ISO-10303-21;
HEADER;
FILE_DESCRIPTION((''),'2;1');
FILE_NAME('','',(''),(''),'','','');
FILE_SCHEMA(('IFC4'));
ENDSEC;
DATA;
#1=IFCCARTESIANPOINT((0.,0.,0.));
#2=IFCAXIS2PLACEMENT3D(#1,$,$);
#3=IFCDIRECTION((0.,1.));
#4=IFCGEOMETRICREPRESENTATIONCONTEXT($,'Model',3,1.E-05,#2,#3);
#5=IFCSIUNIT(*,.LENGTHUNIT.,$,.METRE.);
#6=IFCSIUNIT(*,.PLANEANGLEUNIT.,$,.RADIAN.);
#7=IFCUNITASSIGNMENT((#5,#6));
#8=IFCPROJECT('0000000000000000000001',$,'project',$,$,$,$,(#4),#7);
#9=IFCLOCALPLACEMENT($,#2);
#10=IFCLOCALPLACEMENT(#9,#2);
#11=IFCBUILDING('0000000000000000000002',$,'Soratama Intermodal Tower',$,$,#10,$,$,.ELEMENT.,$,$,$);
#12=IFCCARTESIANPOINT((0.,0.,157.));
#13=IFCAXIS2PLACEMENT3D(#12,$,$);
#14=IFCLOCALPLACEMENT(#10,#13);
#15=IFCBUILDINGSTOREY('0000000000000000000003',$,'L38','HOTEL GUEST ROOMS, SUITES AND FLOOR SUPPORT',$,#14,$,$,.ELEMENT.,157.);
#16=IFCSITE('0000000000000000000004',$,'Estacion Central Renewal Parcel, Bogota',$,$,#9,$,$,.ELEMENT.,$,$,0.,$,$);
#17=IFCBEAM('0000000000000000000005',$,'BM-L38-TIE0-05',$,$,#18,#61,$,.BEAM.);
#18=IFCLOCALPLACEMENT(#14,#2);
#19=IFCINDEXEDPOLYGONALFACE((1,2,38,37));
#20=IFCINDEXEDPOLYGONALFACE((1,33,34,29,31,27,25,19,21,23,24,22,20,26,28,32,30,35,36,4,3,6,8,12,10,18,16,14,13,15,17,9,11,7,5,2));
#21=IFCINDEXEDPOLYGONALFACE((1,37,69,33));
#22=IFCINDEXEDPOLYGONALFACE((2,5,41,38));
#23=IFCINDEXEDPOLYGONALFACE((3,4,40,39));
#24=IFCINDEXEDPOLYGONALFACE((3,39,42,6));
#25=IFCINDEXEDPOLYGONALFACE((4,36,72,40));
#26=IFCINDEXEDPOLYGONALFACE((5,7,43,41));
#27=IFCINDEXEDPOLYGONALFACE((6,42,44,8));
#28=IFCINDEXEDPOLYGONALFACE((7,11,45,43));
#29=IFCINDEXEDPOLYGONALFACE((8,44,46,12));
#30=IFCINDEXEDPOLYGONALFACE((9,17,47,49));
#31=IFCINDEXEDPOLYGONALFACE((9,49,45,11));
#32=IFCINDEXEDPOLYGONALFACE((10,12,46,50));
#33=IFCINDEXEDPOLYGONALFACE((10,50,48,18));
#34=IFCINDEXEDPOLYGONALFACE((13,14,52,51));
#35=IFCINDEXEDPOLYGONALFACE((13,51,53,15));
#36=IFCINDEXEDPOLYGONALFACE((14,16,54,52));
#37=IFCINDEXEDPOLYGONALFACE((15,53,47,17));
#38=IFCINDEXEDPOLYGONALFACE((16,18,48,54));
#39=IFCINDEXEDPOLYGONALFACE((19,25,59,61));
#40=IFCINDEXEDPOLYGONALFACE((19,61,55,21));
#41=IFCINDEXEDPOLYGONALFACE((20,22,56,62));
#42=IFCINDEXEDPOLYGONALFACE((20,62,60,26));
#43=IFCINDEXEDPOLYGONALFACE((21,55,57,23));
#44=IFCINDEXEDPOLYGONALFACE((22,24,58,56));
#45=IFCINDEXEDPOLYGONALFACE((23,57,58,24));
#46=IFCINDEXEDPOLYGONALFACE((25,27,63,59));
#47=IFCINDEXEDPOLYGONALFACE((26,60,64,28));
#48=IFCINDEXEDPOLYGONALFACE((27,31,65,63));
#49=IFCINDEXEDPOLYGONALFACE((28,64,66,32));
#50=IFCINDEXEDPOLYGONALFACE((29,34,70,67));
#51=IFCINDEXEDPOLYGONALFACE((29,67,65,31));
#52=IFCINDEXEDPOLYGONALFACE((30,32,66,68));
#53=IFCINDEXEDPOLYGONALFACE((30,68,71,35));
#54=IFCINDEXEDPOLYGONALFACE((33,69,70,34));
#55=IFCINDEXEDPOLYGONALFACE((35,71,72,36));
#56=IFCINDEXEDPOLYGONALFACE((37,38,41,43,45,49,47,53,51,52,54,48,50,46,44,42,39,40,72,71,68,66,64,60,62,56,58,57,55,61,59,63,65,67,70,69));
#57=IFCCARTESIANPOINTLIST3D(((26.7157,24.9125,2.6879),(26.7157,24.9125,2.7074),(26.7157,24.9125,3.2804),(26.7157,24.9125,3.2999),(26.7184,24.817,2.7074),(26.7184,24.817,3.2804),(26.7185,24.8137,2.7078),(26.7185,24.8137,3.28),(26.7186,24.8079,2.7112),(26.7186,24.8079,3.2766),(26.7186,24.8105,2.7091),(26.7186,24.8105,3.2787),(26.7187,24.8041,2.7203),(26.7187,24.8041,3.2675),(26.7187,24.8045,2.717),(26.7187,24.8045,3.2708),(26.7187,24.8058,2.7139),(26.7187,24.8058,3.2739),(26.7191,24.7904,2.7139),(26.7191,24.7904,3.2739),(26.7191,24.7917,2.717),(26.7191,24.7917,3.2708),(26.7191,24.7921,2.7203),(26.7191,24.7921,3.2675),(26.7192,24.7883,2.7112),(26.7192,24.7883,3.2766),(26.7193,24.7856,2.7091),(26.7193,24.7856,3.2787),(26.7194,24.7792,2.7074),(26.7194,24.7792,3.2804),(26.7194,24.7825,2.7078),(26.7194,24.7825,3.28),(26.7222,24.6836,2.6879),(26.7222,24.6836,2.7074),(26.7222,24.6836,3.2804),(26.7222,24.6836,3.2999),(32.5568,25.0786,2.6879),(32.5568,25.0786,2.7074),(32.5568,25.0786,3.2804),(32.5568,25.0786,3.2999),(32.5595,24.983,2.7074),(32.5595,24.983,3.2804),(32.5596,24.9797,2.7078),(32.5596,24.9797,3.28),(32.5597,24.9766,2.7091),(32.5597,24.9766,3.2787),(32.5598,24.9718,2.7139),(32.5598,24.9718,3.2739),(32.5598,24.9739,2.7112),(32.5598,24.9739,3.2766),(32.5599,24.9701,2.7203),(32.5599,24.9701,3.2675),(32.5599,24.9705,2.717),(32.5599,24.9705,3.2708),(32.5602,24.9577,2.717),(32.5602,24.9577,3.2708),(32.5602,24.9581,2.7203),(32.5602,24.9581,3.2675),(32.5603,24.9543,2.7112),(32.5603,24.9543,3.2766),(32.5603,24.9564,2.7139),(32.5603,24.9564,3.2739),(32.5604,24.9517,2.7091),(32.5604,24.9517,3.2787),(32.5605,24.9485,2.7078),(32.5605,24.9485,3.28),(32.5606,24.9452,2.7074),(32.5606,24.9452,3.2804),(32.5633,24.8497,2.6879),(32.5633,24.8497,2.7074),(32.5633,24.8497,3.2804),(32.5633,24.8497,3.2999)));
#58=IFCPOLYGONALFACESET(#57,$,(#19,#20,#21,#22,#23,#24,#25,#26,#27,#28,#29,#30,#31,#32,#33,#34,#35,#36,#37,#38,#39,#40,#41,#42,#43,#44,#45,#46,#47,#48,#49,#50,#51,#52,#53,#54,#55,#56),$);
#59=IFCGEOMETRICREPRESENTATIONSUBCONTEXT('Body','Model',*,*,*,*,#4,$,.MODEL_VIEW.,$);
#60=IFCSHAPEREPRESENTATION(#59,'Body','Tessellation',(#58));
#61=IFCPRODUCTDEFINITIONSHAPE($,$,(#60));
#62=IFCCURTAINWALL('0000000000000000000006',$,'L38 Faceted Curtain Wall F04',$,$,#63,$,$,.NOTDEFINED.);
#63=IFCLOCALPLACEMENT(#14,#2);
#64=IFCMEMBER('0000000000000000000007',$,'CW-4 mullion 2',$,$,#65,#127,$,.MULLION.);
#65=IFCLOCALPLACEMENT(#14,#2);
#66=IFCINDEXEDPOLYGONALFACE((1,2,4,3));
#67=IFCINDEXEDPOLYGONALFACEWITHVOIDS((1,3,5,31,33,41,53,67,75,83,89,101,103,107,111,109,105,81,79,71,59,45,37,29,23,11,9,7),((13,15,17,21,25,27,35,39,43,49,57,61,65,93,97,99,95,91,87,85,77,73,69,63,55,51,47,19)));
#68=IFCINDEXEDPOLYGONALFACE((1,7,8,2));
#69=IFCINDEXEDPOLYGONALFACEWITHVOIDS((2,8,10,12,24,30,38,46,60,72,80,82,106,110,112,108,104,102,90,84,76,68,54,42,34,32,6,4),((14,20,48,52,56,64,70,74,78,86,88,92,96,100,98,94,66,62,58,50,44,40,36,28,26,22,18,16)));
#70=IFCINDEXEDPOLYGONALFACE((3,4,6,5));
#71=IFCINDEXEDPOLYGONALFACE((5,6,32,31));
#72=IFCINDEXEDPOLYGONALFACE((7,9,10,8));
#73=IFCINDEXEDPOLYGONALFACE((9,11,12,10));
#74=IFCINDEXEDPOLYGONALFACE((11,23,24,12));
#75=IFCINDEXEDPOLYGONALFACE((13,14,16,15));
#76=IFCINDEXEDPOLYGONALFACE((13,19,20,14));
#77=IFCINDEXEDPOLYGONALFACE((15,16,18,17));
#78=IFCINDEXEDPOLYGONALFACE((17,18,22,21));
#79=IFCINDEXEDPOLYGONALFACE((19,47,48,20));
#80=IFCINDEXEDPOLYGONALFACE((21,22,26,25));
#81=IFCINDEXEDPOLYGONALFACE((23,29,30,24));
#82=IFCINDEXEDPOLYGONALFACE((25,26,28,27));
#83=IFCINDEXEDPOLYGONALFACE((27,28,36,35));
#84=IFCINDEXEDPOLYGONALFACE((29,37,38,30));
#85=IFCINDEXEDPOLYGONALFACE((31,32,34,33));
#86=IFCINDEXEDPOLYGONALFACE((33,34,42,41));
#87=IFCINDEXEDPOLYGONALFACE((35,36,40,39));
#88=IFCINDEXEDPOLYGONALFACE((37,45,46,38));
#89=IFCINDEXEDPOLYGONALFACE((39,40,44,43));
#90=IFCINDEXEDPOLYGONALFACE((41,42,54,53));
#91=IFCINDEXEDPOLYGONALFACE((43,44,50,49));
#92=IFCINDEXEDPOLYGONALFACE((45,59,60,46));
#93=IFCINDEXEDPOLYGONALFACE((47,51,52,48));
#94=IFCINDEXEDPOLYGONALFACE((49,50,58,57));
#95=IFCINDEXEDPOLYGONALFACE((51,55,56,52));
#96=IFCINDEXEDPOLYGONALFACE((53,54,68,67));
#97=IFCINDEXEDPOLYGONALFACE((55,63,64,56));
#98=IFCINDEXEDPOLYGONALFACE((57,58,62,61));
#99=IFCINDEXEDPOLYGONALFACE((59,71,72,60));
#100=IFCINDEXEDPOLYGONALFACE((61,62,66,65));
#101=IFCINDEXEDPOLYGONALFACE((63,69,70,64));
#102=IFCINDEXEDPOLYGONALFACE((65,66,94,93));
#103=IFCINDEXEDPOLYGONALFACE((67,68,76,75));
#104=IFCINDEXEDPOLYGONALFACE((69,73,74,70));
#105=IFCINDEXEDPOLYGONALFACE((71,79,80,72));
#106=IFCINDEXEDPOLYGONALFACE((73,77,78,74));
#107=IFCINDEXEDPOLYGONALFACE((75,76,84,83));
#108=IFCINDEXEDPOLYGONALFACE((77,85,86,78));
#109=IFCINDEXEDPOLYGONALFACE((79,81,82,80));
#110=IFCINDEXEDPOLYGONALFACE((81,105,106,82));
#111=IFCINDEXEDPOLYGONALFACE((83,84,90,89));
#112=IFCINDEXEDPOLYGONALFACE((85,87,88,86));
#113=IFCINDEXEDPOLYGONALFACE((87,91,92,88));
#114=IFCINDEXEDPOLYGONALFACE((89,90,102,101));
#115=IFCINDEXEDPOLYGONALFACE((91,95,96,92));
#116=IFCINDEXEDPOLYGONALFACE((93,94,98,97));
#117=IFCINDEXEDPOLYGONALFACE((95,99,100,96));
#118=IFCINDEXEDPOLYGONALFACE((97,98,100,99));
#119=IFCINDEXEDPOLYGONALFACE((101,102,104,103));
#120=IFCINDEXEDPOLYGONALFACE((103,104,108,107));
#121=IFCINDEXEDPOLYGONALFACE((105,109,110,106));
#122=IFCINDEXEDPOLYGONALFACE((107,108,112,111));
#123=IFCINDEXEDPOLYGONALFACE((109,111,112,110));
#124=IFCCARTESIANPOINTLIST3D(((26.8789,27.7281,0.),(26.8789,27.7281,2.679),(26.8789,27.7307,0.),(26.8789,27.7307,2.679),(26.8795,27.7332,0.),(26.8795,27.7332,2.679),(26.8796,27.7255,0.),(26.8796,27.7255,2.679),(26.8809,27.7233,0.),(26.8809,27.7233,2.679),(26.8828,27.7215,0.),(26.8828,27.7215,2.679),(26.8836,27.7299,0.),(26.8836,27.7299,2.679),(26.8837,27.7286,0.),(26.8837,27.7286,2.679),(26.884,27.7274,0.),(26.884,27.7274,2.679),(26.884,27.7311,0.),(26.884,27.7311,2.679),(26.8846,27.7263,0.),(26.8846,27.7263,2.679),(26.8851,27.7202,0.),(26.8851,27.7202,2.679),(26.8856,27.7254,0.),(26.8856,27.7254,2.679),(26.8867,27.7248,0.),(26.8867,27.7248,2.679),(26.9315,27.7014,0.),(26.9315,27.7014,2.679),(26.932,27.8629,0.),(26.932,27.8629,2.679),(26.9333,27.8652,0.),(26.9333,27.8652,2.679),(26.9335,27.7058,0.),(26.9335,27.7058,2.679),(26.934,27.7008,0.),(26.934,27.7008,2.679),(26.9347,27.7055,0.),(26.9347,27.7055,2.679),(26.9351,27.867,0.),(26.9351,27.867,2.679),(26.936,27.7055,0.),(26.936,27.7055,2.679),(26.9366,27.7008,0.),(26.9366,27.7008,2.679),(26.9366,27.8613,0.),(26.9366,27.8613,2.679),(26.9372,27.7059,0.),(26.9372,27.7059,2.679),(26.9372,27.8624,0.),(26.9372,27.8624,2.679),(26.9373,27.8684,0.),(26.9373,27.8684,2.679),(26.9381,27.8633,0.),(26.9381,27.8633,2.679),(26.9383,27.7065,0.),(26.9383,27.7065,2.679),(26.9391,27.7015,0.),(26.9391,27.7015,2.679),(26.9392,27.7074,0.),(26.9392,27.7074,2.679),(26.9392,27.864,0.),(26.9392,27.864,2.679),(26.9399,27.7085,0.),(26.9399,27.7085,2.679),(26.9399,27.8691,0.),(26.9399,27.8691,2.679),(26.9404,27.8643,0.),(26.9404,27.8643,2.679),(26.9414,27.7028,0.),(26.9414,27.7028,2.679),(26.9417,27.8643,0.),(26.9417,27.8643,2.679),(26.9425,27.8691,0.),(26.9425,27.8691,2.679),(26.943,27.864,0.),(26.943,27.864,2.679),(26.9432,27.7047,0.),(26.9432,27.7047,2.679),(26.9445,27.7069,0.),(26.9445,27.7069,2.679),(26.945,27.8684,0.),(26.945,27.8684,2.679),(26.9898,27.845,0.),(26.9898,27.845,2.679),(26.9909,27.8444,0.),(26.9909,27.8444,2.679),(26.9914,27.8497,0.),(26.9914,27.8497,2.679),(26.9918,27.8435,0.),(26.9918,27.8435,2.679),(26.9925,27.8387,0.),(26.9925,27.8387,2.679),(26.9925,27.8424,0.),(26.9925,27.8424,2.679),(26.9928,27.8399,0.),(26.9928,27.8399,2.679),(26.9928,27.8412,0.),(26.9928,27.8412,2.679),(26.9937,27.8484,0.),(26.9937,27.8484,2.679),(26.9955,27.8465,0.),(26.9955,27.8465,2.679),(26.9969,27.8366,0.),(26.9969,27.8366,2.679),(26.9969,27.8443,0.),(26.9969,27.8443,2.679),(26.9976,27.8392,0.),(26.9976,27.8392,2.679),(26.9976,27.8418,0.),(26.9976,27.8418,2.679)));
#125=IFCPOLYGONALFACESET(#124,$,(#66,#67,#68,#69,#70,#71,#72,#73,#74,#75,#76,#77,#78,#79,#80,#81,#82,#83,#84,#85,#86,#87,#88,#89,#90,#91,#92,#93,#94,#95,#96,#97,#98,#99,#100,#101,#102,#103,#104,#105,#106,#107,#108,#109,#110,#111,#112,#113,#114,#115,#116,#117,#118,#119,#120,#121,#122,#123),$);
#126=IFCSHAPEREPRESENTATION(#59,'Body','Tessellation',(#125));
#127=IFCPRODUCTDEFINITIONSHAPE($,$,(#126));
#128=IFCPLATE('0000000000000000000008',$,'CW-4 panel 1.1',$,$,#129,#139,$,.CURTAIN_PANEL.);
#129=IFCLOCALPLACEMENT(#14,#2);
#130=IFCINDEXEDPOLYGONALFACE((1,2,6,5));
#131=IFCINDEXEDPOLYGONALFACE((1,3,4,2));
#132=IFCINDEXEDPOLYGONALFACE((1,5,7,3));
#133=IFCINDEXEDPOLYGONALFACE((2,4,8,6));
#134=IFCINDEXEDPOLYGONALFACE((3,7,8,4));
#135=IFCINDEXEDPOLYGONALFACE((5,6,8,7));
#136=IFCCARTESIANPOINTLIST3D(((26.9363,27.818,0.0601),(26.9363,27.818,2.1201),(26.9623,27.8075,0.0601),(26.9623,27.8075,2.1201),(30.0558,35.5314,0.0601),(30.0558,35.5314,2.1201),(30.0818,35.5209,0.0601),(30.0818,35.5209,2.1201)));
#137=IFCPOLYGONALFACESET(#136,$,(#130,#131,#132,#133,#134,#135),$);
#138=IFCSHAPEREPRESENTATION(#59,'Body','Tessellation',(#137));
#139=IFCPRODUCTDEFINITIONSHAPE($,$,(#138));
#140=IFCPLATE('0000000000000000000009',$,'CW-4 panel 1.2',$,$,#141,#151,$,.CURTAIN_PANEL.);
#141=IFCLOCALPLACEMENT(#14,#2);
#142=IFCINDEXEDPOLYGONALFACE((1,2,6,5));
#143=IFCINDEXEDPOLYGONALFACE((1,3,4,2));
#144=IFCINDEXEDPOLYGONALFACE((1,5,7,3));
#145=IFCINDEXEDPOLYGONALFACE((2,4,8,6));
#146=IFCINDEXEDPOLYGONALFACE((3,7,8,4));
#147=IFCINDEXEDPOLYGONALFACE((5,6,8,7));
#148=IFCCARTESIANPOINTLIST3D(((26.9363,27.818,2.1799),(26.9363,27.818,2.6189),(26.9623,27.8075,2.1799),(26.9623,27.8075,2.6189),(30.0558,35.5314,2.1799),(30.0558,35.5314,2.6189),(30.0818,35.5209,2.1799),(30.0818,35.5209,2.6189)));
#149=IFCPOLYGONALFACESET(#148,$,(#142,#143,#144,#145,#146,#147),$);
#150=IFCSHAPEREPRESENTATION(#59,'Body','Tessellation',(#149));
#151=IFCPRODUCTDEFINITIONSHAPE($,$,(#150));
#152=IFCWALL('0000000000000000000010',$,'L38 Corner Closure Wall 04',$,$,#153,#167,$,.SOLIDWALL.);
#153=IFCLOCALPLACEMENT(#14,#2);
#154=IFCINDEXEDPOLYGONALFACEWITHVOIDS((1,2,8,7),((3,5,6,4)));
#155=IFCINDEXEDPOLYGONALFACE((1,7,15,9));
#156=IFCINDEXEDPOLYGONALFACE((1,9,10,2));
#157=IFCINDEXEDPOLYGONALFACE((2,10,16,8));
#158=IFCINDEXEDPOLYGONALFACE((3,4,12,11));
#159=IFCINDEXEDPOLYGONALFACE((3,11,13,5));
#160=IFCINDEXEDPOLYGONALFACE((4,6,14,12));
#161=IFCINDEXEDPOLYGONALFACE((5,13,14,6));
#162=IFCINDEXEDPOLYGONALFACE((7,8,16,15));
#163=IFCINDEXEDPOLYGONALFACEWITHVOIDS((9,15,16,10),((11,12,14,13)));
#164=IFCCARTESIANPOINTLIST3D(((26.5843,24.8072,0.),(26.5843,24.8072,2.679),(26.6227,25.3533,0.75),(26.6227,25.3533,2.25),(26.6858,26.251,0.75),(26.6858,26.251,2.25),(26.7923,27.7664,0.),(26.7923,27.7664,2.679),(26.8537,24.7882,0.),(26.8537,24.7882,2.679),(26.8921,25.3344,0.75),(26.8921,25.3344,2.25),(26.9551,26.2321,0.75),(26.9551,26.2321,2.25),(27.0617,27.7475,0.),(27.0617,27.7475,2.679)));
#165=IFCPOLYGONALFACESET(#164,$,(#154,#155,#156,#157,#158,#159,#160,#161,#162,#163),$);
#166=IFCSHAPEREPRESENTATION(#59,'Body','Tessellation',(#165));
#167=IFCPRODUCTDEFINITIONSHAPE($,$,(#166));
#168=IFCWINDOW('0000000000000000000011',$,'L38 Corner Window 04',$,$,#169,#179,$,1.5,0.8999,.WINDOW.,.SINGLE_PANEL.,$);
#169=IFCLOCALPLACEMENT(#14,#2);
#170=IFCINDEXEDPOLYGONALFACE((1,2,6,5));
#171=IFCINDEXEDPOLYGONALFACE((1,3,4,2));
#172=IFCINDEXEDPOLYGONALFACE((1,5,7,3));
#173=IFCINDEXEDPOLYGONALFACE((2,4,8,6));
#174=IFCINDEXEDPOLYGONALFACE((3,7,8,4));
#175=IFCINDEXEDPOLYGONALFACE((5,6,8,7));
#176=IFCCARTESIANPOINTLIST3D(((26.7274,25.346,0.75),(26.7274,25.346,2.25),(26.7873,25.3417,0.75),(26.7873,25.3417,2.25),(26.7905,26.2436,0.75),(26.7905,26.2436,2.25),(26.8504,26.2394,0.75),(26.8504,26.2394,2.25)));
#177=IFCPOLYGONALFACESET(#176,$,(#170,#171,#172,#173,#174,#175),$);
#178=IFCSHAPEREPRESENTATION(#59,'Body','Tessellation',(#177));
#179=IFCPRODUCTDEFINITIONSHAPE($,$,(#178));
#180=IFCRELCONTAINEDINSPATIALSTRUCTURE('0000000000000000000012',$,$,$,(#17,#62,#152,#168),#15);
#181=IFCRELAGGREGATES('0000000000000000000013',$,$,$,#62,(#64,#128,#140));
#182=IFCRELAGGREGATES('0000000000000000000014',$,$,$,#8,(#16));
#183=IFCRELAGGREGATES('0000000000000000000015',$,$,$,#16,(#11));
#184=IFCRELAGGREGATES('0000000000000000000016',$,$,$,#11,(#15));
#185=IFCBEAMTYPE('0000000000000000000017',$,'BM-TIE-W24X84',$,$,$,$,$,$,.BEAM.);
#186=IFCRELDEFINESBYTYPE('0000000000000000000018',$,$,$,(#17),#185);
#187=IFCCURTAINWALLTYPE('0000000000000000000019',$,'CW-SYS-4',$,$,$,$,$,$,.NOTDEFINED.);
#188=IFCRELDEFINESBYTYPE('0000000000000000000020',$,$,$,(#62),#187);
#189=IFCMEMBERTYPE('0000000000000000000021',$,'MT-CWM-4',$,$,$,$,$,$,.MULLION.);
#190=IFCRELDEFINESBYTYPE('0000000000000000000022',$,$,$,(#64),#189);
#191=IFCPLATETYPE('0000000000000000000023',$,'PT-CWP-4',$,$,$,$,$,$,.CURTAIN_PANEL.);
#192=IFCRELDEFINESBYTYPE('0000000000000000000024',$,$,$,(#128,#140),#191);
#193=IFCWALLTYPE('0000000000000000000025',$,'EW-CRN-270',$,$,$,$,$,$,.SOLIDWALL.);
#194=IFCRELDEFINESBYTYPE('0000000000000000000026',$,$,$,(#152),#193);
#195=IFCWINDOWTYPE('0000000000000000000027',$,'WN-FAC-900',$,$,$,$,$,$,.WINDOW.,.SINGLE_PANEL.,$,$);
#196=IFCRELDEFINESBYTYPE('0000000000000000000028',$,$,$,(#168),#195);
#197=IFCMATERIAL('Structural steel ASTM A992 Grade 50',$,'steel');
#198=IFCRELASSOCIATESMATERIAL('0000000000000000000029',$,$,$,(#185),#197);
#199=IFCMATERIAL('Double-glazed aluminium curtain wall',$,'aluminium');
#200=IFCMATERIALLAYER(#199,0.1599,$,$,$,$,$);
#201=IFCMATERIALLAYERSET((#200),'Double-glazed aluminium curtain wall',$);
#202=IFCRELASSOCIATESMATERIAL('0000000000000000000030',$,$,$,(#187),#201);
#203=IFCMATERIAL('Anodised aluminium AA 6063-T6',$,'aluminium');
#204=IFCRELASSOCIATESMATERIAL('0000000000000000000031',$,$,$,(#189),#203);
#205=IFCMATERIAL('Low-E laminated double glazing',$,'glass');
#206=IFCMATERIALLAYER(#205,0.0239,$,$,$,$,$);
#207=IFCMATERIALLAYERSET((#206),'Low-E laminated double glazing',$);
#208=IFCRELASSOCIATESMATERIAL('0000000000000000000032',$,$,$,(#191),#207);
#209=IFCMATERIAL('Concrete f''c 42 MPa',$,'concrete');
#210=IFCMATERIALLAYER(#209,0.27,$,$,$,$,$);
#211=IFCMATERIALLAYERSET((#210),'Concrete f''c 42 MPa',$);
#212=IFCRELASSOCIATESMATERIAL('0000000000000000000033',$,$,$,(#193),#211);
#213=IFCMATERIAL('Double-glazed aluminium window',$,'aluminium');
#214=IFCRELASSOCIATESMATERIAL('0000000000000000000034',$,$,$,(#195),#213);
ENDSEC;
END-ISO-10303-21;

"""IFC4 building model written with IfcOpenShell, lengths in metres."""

from ifc_helpers import new_model, si_unit, direction, frame, frame_2d, origin, origin_2d, place, context, subcontext, project, spatial, rectangle, hollow_rectangle, i_section, extrude, material, layer, layer_set, material_profile, profile_set, type_object, element, fill, aggregate, save


model = new_model("IFC4")

# Units and contexts
model_context = context("Model", 3, precision=1e-05, world=origin(), true_north=direction((0.0, 1.0)))
body_context = subcontext(model_context, "Body", "Model", "MODEL_VIEW")
ifc_project = project(units=[si_unit("LENGTHUNIT", "METRE"), si_unit("PLANEANGLEUNIT", "RADIAN")], contexts=[model_context])

# Site, building, storey
site_placement = place(None, origin())
site = spatial("IfcSite", under=ifc_project, at=site_placement, Name="Estacion Central Renewal Parcel, Bogota", CompositionType="ELEMENT", RefElevation=0.0)
building_placement = place(site_placement, origin())
building = spatial("IfcBuilding", under=site, at=building_placement, Name="Soratama Intermodal Tower", CompositionType="ELEMENT")
storey_placement = place(building_placement, frame((0.0, 0.0, 157.0)))
storey = spatial("IfcBuildingStorey", under=building, at=storey_placement, Name="L38", Description="HOTEL GUEST ROOMS, SUITES AND FLOOR SUPPORT", CompositionType="ELEMENT", Elevation=157.0)

# Beam
ifc_material_1 = material(Name="Structural steel ASTM A992 Grade 50", Category="steel")
ifc_material_profile_1 = material_profile(ifc_material_1, i_section(OverallWidth=0.229, OverallDepth=0.6121, WebThickness=0.012, FlangeThickness=0.0195, FilletRadius=0.0129, at=origin_2d()), Name="W24X84")
ifc_profile_set_1 = profile_set([ifc_material_profile_1], Name="Structural steel ASTM A992 Grade 50")
beam_type_1 = type_object("IfcBeamType", Name="BM-TIE-W24X84", PredefinedType="BEAM", material=ifc_profile_set_1)
beam_1_placement = place(storey_placement, frame((32.5601, 24.9641, 2.9939), z_axis=(-0.999596, -0.028411, 0.0), x_axis=(0.028411, -0.999596, 0.0)))
element("IfcBeam", 1, at=beam_1_placement, inside=storey, type_object=beam_type_1, Name="BM-L38-TIE0-05", PredefinedType="BEAM", context=body_context, shape_type="SweptSolid", body=[
    extrude(i_section(OverallWidth=0.229, OverallDepth=0.6121, WebThickness=0.012, FlangeThickness=0.0195, FilletRadius=0.0129, at=origin_2d()), origin(), (0.0, 0.0, 1.0), 5.8435),
])

# Curtain wall, member, plates
ifc_material_2 = material(Name="Double-glazed aluminium curtain wall", Category="aluminium")
ifc_layer_1 = layer(ifc_material_2, 0.1599)
ifc_layer_set_1 = layer_set([ifc_layer_1], Name="Double-glazed aluminium curtain wall")
curtain_wall_type = type_object("IfcCurtainWallType", Name="CW-SYS-4", PredefinedType="NOTDEFINED", material=ifc_layer_set_1)
curtain_wall_placement = place(storey_placement, origin())
curtain_wall = element("IfcCurtainWall", 2, at=curtain_wall_placement, inside=storey, type_object=curtain_wall_type, Name="L38 Faceted Curtain Wall F04", PredefinedType="NOTDEFINED")
ifc_material_3 = material(Name="Anodised aluminium AA 6063-T6", Category="aluminium")
ifc_material_profile_2 = material_profile(ifc_material_3, hollow_rectangle(XDim=0.0701, YDim=0.1599, WallThickness=0.0049, InnerFilletRadius=0.0049, OuterFilletRadius=0.01, at=origin_2d()), Name="CWM160X70X5")
ifc_profile_set_2 = profile_set([ifc_material_profile_2], Name="Anodised aluminium AA 6063-T6")
member_type = type_object("IfcMemberType", Name="MT-CWM-4", PredefinedType="MULLION", material=ifc_profile_set_2)
member_placement = place(storey_placement, frame((26.9382, 27.7849, 0.0), z_axis=(0.0, 0.0, 1.0), x_axis=(0.927056, -0.374924, 0.0)))
member = element("IfcMember", 3, at=member_placement, type_object=member_type, Name="CW-4 mullion 2", PredefinedType="MULLION", context=body_context, shape_type="SweptSolid", body=[
    extrude(hollow_rectangle(XDim=0.0701, YDim=0.1599, WallThickness=0.0049, InnerFilletRadius=0.0049, OuterFilletRadius=0.01, at=origin_2d()), origin(), (0.0, 0.0, 1.0), 2.679),
])
ifc_material_4 = material(Name="Low-E laminated double glazing", Category="glass")
ifc_layer_2 = layer(ifc_material_4, 0.0239)
ifc_layer_set_2 = layer_set([ifc_layer_2], Name="Low-E laminated double glazing")
plate_type = type_object("IfcPlateType", Name="PT-CWP-4", PredefinedType="CURTAIN_PANEL", material=ifc_layer_set_2)
plate_1_placement = place(storey_placement, frame((28.509, 31.6694, 0.0601), z_axis=(0.0, 0.0, 1.0), x_axis=(-0.374924, -0.927056, 0.0)))
plate_1 = element("IfcPlate", 4, at=plate_1_placement, type_object=plate_type, Name="CW-4 panel 1.1", PredefinedType="CURTAIN_PANEL", context=body_context, shape_type="SweptSolid", body=[
    extrude(rectangle(XDim=8.3203, YDim=0.0281, at=origin_2d()), origin(), (0.0, 0.0, 1.0), 2.0601),
])
plate_2_placement = place(storey_placement, frame((28.509, 31.6694, 2.1799), z_axis=(0.0, 0.0, 1.0), x_axis=(-0.374924, -0.927056, 0.0)))
plate_2 = element("IfcPlate", 5, at=plate_2_placement, type_object=plate_type, Name="CW-4 panel 1.2", PredefinedType="CURTAIN_PANEL", context=body_context, shape_type="SweptSolid", body=[
    extrude(rectangle(XDim=8.3203, YDim=0.0281, at=origin_2d()), origin(), (0.0, 0.0, 1.0), 0.439),
])
aggregate(curtain_wall, [member, plate_1, plate_2])

# Wall, opening, window
ifc_material_5 = material(Name="Concrete f'c 42 MPa", Category="concrete")
ifc_layer_3 = layer(ifc_material_5, 0.27)
ifc_layer_set_3 = layer_set([ifc_layer_3], Name="Concrete f'c 42 MPa")
wall_type_1 = type_object("IfcWallType", Name="EW-CRN-270", PredefinedType="SOLIDWALL", material=ifc_layer_set_3)
wall_1_placement = place(storey_placement, frame((26.927, 27.7571, 0.0), z_axis=(0.0, 0.0, 1.0), x_axis=(-0.070118, -0.997539, 0.0)))
wall_1 = element("IfcWall", 6, at=wall_1_placement, inside=storey, type_object=wall_type_1, Name="L38 Corner Closure Wall 04", PredefinedType="SOLIDWALL", context=body_context, shape_type="SweptSolid", body=[
    extrude(rectangle(XDim=2.9666, YDim=0.27, at=frame_2d((1.4834, 0.0))), origin(), (0.0, 0.0, 1.0), 2.679),
])
opening_1_placement = place(wall_1_placement, frame((1.5193, 0.0, 0.75)))
opening_1 = element("IfcOpeningElement", 7, at=opening_1_placement, cuts=wall_1, PredefinedType="OPENING", context=body_context, shape_type="SweptSolid", body=[
    extrude(rectangle(XDim=0.8999, YDim=1.5, at=frame_2d((0.45, 0.75))), frame((0.0, 0.145, 0.0), z_axis=(0.0, -1.0, 0.0), x_axis=(1.0, 0.0, 0.0)), (0.0, 0.0, 1.0), 0.29),
])
ifc_material_6 = material(Name="Double-glazed aluminium window", Category="aluminium")
window_type_1 = type_object("IfcWindowType", Name="WN-FAC-900", PartitioningType="SINGLE_PANEL", PredefinedType="WINDOW", material=ifc_material_6)
window_1_placement = place(opening_1_placement, origin())
window_1 = element("IfcWindow", 8, at=window_1_placement, inside=storey, type_object=window_type_1, Name="L38 Corner Window 04", OverallHeight=1.5, OverallWidth=0.8999, PartitioningType="SINGLE_PANEL", PredefinedType="WINDOW", context=body_context, shape_type="SweptSolid", body=[
    extrude(rectangle(XDim=0.8999, YDim=1.5, at=frame_2d((0.45, 0.75))), frame((0.0, 0.03, 0.0), z_axis=(0.0, -1.0, 0.0), x_axis=(1.0, 0.0, 0.0)), (0.0, 0.0, 1.0), 0.0601),
])
fill(opening_1, window_1)

save(model, "model.ifc")
